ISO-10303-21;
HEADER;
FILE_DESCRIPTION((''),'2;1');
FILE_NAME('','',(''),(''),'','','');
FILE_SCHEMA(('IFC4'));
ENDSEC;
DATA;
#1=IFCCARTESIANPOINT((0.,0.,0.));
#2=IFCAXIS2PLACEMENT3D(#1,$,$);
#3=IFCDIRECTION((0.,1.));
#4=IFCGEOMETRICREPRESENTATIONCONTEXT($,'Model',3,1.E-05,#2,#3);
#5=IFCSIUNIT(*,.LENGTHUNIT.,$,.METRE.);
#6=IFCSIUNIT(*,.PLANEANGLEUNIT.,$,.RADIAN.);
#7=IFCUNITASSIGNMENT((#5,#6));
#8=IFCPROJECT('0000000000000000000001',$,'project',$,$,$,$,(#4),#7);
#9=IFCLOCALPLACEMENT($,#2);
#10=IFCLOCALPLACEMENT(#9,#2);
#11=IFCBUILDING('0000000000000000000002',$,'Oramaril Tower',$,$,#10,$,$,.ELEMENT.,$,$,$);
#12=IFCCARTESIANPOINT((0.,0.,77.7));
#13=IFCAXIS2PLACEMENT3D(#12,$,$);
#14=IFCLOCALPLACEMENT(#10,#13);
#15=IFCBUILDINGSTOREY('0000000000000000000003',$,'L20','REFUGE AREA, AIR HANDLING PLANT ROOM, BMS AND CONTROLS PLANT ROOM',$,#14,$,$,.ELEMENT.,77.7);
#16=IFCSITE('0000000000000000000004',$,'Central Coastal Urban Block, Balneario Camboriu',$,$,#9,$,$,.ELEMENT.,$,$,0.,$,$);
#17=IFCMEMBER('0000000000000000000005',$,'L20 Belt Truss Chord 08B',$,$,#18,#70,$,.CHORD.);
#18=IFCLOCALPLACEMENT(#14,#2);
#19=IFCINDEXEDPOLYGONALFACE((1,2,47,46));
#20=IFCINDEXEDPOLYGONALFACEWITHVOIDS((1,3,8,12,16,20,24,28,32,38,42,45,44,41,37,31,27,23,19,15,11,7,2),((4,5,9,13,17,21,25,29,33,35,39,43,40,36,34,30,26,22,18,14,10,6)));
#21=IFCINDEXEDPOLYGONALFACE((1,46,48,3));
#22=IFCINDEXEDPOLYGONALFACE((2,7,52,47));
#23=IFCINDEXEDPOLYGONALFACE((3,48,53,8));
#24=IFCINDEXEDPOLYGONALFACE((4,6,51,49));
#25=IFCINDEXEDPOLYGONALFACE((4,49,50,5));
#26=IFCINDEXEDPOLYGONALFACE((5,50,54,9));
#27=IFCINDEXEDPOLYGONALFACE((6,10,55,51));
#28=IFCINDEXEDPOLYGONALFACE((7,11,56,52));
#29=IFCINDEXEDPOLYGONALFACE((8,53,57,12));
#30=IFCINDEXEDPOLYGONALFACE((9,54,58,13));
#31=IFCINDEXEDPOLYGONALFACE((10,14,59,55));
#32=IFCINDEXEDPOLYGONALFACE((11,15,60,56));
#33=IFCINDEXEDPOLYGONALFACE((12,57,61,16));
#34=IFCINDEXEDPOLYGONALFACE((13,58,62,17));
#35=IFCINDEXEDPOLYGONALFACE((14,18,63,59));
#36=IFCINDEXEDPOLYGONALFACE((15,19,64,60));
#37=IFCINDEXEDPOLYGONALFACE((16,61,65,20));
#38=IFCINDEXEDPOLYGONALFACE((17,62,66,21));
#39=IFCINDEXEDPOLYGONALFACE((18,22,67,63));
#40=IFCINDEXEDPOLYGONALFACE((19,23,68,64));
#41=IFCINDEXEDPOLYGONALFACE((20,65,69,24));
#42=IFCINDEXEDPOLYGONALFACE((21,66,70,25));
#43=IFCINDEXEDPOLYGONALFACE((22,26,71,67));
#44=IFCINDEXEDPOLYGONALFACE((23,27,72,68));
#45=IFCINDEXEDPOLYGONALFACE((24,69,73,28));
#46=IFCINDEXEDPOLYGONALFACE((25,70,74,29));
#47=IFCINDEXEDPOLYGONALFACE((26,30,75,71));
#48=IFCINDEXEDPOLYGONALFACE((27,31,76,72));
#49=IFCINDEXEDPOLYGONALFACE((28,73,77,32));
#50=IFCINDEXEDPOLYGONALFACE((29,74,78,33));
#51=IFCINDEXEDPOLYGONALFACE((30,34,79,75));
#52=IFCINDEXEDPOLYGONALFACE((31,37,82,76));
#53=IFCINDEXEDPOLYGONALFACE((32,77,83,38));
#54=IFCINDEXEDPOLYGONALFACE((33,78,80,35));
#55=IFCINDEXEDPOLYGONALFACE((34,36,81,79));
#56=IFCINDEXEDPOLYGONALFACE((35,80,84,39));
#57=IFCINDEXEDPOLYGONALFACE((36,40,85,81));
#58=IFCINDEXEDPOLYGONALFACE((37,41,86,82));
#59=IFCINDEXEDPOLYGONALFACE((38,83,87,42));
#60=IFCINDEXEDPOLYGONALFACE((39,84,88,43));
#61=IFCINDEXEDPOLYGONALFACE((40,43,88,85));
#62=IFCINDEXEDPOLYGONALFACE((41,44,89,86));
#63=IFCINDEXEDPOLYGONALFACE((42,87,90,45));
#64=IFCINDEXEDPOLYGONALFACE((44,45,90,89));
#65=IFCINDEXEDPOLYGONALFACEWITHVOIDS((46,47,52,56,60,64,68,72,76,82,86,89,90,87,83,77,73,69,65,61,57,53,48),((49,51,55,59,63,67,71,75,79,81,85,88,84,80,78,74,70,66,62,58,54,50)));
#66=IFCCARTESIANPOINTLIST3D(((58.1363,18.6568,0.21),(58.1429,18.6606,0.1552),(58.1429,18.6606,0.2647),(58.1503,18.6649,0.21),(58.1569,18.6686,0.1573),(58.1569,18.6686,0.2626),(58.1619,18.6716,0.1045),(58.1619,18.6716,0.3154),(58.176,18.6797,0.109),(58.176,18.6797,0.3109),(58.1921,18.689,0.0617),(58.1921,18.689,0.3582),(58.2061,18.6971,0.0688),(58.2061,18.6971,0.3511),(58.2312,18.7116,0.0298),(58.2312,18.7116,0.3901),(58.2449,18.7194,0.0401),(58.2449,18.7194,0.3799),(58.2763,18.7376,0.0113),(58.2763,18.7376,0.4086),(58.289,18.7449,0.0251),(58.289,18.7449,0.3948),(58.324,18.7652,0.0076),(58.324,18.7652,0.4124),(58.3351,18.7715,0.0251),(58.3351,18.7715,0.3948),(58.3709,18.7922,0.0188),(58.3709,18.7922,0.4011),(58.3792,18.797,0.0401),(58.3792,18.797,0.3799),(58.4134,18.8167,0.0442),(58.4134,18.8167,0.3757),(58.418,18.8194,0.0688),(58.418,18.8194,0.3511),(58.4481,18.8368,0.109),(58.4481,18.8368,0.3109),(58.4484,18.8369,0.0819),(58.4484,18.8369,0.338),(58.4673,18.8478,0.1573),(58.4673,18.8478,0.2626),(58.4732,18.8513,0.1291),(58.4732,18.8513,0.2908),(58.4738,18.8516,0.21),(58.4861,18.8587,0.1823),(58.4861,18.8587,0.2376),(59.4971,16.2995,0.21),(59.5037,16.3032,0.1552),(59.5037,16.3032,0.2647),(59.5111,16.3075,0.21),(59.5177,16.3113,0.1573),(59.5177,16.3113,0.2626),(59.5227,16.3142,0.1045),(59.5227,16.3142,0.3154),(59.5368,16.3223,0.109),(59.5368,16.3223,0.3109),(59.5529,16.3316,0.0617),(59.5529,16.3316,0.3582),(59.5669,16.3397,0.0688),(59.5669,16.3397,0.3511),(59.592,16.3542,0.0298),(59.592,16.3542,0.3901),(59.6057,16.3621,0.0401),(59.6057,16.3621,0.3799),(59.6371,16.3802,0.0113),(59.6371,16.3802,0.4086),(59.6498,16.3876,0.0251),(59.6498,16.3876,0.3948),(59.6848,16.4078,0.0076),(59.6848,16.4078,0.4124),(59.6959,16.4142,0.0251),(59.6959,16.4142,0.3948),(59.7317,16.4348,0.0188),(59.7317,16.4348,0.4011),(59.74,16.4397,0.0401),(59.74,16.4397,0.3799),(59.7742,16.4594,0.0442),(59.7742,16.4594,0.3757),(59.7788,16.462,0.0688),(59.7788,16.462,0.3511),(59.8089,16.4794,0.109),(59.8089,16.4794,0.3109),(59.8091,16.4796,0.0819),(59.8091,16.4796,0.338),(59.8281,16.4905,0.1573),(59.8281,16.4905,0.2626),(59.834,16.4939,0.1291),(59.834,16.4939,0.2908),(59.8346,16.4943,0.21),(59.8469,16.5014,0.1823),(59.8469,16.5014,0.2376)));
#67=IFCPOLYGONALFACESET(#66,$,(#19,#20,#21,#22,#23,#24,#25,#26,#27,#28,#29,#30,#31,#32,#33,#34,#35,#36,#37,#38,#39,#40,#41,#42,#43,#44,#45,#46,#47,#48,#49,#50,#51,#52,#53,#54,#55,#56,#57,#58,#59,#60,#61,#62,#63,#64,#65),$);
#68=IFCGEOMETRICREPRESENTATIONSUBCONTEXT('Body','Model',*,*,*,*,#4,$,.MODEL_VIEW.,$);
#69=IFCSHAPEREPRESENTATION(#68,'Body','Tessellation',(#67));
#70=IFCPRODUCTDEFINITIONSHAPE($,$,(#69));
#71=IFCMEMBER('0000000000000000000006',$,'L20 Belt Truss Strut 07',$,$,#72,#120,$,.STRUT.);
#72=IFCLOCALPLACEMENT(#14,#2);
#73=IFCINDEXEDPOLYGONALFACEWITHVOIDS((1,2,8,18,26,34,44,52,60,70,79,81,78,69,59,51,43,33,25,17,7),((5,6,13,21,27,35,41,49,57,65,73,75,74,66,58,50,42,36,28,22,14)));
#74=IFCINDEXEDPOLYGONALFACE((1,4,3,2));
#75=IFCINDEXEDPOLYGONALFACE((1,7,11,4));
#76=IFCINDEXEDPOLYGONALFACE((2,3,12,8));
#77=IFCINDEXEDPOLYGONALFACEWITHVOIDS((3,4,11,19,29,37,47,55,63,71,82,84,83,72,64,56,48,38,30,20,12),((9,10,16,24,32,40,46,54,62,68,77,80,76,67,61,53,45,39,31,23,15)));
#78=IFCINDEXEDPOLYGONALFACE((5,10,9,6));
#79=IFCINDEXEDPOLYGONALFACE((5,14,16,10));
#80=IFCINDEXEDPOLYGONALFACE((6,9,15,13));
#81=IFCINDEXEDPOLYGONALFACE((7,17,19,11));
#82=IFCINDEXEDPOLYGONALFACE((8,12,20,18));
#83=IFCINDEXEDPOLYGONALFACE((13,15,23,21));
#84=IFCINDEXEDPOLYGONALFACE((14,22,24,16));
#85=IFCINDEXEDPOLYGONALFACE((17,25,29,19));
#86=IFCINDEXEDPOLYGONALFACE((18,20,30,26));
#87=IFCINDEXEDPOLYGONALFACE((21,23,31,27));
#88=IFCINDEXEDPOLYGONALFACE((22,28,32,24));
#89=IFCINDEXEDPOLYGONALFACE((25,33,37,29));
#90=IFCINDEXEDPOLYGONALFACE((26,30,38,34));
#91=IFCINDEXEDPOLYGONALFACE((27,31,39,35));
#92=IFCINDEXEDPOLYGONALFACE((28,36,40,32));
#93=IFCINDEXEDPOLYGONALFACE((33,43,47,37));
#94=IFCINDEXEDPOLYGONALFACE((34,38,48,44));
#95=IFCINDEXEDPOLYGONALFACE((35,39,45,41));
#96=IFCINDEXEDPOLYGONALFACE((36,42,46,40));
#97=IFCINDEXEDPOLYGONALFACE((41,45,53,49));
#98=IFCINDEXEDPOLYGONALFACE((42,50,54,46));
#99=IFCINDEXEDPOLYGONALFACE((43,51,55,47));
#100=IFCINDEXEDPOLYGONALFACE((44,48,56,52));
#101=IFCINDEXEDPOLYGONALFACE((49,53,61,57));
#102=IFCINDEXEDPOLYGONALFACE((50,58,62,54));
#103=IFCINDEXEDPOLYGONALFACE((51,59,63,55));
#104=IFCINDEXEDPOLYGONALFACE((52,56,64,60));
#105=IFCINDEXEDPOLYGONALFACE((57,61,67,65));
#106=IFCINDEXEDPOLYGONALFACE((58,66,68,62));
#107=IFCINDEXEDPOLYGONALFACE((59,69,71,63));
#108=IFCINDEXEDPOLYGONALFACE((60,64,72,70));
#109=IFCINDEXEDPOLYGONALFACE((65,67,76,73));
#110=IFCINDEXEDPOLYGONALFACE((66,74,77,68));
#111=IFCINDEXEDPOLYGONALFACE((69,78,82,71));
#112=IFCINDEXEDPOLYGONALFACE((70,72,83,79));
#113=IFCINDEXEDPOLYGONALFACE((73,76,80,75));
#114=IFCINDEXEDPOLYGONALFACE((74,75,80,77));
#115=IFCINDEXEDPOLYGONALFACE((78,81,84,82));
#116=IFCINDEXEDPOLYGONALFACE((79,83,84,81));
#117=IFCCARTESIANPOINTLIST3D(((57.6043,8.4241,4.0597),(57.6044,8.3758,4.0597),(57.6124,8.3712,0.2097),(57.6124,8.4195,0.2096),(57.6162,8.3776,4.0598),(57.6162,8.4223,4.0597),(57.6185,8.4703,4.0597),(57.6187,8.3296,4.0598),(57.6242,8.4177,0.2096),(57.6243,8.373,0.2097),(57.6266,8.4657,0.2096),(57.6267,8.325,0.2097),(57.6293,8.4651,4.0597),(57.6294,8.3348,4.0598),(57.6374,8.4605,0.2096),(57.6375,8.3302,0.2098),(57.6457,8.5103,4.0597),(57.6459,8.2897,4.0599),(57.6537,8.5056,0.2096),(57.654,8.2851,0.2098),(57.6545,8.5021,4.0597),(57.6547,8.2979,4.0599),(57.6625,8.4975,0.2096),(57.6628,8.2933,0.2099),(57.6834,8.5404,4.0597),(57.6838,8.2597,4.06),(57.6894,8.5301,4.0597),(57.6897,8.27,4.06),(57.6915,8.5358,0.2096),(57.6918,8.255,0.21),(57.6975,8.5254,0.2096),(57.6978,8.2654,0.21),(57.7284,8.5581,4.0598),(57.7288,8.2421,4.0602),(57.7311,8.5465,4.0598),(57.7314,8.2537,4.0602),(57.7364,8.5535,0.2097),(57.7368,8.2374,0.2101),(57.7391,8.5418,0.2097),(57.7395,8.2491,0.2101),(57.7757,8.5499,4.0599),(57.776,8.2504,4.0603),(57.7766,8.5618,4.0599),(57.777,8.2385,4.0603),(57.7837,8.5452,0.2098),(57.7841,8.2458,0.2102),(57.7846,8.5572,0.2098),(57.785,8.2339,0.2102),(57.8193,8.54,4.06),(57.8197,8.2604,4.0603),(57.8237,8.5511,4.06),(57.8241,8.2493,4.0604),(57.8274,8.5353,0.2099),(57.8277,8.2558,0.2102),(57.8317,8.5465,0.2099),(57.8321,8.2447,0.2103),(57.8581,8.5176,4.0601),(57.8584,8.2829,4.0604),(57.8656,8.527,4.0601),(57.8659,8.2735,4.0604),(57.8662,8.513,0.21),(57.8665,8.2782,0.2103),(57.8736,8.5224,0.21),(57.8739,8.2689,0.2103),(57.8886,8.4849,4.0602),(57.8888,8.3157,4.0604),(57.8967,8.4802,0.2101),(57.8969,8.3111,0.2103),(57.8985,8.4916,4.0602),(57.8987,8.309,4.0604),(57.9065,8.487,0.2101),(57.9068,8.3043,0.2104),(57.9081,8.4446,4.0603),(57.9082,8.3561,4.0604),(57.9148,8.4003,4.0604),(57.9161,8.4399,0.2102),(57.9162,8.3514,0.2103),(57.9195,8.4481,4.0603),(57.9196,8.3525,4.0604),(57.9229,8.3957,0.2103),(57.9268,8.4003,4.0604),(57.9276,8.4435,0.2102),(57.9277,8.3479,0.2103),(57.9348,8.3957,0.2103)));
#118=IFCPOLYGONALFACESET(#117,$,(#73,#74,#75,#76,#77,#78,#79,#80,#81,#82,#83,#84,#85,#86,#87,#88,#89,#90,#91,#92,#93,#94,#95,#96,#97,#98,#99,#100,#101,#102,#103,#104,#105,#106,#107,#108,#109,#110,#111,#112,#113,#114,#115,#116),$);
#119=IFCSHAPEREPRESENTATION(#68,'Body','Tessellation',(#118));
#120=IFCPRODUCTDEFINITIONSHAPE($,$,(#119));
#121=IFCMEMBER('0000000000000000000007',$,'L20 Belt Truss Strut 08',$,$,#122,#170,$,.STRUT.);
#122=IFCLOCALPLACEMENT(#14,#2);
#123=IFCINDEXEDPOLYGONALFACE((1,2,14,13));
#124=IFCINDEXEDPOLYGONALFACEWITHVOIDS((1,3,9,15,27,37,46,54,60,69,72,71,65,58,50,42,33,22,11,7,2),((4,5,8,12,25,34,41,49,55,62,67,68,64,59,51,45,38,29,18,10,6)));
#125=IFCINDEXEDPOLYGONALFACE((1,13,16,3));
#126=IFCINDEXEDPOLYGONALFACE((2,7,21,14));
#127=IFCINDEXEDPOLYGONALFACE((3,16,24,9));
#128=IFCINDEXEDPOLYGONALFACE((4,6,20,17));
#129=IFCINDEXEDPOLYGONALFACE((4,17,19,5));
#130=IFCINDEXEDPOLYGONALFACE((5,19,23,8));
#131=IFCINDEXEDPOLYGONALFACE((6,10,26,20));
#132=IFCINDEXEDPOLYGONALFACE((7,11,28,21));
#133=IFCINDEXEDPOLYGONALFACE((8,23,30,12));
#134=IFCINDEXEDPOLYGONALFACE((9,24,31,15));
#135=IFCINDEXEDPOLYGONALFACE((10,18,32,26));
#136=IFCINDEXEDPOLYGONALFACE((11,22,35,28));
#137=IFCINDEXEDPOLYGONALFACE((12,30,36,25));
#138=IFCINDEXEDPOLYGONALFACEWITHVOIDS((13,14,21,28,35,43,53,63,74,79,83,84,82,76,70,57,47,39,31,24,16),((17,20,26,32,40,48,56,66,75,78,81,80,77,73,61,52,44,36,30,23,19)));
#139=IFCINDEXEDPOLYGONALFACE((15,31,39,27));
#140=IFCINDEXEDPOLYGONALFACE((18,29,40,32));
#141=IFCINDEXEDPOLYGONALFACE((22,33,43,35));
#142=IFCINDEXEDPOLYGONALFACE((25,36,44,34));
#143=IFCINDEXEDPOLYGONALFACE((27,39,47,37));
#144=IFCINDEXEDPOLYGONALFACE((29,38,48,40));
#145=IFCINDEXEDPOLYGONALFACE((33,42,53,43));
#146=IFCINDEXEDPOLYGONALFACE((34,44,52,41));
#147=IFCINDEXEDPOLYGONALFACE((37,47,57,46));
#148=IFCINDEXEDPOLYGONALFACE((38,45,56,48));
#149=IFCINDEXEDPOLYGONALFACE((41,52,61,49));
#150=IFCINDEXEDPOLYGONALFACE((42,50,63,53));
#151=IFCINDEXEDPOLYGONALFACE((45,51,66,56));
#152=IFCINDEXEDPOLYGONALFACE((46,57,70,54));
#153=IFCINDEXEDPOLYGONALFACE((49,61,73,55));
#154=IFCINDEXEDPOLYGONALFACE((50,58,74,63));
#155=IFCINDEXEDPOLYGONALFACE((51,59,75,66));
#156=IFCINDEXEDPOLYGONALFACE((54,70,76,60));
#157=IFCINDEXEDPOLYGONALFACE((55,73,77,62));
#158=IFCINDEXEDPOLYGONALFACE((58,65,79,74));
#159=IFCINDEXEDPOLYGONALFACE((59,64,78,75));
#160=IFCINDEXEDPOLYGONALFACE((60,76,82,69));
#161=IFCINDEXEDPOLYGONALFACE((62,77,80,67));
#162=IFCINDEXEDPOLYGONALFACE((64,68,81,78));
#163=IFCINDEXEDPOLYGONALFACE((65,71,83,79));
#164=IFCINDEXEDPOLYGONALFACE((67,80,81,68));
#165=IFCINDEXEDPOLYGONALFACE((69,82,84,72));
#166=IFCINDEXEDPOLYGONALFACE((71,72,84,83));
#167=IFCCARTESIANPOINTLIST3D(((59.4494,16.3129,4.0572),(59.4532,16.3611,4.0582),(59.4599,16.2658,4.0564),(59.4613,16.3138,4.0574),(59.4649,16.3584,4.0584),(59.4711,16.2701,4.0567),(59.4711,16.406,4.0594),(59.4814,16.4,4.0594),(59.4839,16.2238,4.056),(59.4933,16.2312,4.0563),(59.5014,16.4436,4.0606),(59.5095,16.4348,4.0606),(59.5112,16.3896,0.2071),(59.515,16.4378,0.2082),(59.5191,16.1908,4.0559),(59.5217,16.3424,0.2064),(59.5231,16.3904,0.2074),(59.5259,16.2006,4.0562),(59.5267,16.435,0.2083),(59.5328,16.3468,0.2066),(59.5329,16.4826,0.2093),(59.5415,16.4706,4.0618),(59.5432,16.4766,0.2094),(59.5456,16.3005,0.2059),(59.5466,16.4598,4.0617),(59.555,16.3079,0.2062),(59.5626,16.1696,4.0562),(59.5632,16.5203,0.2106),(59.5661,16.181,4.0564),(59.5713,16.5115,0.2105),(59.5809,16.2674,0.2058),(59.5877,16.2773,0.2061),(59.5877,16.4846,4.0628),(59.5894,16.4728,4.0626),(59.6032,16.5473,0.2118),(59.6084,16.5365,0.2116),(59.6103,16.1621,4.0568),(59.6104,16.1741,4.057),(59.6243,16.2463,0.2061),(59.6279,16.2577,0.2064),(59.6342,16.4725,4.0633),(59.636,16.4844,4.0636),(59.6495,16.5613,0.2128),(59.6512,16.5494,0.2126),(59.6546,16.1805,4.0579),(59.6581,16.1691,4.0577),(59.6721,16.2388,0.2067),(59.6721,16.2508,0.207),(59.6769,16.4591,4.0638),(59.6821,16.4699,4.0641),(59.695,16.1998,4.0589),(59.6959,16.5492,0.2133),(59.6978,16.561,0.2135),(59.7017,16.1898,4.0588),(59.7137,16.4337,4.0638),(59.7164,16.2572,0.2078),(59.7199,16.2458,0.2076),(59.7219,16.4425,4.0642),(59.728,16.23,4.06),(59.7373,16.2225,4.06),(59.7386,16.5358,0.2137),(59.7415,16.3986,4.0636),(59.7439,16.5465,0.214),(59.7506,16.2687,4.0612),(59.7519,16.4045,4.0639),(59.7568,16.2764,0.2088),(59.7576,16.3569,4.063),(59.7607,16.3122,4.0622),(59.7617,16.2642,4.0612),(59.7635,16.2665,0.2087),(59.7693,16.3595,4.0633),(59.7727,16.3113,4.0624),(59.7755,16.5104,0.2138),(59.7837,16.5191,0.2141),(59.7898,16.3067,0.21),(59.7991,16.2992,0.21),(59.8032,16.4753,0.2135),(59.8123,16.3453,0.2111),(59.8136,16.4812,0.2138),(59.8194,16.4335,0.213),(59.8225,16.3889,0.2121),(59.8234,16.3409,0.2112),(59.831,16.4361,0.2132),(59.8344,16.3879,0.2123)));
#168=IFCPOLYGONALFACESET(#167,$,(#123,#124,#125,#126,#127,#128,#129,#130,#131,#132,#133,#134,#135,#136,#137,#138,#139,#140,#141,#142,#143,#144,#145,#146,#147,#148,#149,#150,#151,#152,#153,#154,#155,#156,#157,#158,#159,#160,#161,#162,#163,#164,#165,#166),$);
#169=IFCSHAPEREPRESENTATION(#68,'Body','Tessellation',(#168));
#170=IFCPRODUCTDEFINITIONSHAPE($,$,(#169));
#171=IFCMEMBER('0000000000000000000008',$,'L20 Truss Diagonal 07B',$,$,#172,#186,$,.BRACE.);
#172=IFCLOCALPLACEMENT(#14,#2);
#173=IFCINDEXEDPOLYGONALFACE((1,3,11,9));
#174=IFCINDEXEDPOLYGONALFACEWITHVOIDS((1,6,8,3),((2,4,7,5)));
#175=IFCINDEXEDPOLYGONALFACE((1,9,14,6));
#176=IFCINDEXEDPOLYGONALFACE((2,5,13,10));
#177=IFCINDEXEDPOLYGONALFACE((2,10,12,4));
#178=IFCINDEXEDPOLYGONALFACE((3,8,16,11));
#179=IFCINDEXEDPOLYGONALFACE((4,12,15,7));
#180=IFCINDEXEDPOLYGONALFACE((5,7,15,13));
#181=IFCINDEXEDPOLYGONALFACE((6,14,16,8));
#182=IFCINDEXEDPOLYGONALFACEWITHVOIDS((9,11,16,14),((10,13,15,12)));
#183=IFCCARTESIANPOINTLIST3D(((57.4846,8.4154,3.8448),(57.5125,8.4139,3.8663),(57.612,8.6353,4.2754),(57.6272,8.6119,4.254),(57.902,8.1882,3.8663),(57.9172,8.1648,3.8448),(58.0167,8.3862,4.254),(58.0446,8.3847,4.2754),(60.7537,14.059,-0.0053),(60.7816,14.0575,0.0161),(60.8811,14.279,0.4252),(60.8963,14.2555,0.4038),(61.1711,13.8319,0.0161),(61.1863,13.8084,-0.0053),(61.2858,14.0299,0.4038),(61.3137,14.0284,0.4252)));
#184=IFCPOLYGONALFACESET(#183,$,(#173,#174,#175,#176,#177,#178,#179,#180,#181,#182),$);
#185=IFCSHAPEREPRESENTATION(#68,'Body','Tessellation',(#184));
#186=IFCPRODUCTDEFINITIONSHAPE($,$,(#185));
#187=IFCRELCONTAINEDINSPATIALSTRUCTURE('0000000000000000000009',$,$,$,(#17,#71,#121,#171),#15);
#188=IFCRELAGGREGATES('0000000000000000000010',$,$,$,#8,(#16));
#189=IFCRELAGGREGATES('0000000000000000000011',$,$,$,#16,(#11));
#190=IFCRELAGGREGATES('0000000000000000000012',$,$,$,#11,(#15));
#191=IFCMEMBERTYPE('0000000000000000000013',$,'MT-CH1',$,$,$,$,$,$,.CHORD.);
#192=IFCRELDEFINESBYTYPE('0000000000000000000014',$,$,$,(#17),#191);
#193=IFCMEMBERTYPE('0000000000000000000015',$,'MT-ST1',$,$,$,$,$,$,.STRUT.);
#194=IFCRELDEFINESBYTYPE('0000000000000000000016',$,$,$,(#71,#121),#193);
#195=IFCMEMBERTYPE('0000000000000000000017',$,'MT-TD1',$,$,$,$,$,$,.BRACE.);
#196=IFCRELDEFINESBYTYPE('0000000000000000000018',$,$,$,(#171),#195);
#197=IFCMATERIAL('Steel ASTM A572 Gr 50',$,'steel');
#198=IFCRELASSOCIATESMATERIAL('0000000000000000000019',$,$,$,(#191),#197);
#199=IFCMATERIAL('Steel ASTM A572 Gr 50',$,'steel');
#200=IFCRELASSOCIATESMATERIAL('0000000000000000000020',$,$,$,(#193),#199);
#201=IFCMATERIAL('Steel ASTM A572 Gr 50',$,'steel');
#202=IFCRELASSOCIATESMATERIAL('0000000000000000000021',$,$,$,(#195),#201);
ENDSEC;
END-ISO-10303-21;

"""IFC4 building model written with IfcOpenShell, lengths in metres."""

from ifc_helpers import new_model, si_unit, direction, frame, origin, origin_2d, place, context, subcontext, project, spatial, hollow_rectangle, hollow_circle, extrude, material, material_profile, profile_set, type_object, element, save


model = new_model("IFC4")

# Units and contexts
model_context = context("Model", 3, precision=1e-05, world=origin(), true_north=direction((0.0, 1.0)))
body_context = subcontext(model_context, "Body", "Model", "MODEL_VIEW")
ifc_project = project(units=[si_unit("LENGTHUNIT", "METRE"), si_unit("PLANEANGLEUNIT", "RADIAN")], contexts=[model_context])

# Site, building, storey
site_placement = place(None, origin())
site = spatial("IfcSite", under=ifc_project, at=site_placement, Name="Central Coastal Urban Block, Balneario Camboriu", CompositionType="ELEMENT", RefElevation=0.0)
building_placement = place(site_placement, origin())
building = spatial("IfcBuilding", under=site, at=building_placement, Name="Oramaril Tower", CompositionType="ELEMENT")
storey_placement = place(building_placement, frame((0.0, 0.0, 77.7)))
storey = spatial("IfcBuildingStorey", under=building, at=storey_placement, Name="L20", Description="REFUGE AREA, AIR HANDLING PLANT ROOM, BMS AND CONTROLS PLANT ROOM", CompositionType="ELEMENT", Elevation=77.7)

# Members
ifc_material_1 = material(Name="Steel ASTM A572 Gr 50", Category="steel")
ifc_material_profile_1 = material_profile(ifc_material_1, hollow_circle(Radius=0.2029, WallThickness=0.0161, at=origin_2d()), Name="CHS406X16")
ifc_profile_set_1 = profile_set([ifc_material_profile_1], Name="Steel ASTM A572 Gr 50")
member_type_1 = type_object("IfcMemberType", Name="MT-CH1", PredefinedType="CHORD", material=ifc_profile_set_1)
member_1_placement = place(storey_placement, frame((59.6729, 16.4009, 0.21), z_axis=(-0.49994, 0.86606, 0.0), x_axis=(-0.86606, -0.49994, 0.0)))
element("IfcMember", 1, at=member_1_placement, inside=storey, type_object=member_type_1, Name="L20 Belt Truss Chord 08B", PredefinedType="CHORD", context=body_context, shape_type="SweptSolid", body=[
    extrude(hollow_circle(Radius=0.2029, WallThickness=0.0161, at=origin_2d()), origin(), (0.0, 0.0, 1.0), 2.7219),
])
ifc_material_2 = material(Name="Steel ASTM A572 Gr 50", Category="steel")
ifc_material_profile_2 = material_profile(ifc_material_2, hollow_circle(Radius=0.1621, WallThickness=0.012, at=origin_2d()), Name="CHS324X12")
ifc_profile_set_2 = profile_set([ifc_material_profile_2], Name="Steel ASTM A572 Gr 50")
member_type_2 = type_object("IfcMemberType", Name="MT-ST1", PredefinedType="STRUT", material=ifc_profile_set_2)
member_2_placement = place(storey_placement, frame((57.7727, 8.3955, 0.21), z_axis=(-0.002093, 0.001205, 0.999997), x_axis=(-0.498964, -0.866622, 0.0)))
element("IfcMember", 2, at=member_2_placement, inside=storey, type_object=member_type_2, Name="L20 Belt Truss Strut 07", PredefinedType="STRUT", context=body_context, shape_type="SweptSolid", body=[
    extrude(hollow_circle(Radius=0.1621, WallThickness=0.012, at=origin_2d()), origin(), (0.0, 0.0, 1.0), 3.8501),
])
member_3_placement = place(storey_placement, frame((59.6729, 16.4009, 0.21), z_axis=(-0.016038, -0.019905, 0.999673), x_axis=(0.778687, -0.627413, 0.0)))
element("IfcMember", 3, at=member_3_placement, inside=storey, type_object=member_type_2, Name="L20 Belt Truss Strut 08", PredefinedType="STRUT", context=body_context, shape_type="SweptSolid", body=[
    extrude(hollow_circle(Radius=0.1621, WallThickness=0.012, at=origin_2d()), origin(), (0.0, 0.0, 1.0), 3.8513),
])
ifc_material_3 = material(Name="Steel ASTM A572 Gr 50", Category="steel")
ifc_material_profile_3 = material_profile(ifc_material_3, hollow_rectangle(XDim=0.5, YDim=0.5, WallThickness=0.0249, at=origin_2d()), Name="HSS500X500X25")
ifc_profile_set_3 = profile_set([ifc_material_profile_3], Name="Steel ASTM A572 Gr 50")
member_type_3 = type_object("IfcMemberType", Name="MT-TD1", PredefinedType="BRACE", material=ifc_profile_set_3)
member_4_placement = place(storey_placement, frame((61.0337, 14.0437, 0.21), z_axis=(-0.431636, -0.74516, 0.508357), x_axis=(0.865312, -0.501234, 0.0)))
element("IfcMember", 4, at=member_4_placement, inside=storey, type_object=member_type_3, Name="L20 Truss Diagonal 07B", PredefinedType="BRACE", context=body_context, shape_type="SweptSolid", body=[
    extrude(hollow_rectangle(XDim=0.5, YDim=0.5, WallThickness=0.0249, at=origin_2d()), origin(), (0.0, 0.0, 1.0), 7.5737),
])

save(model, "model.ifc")
